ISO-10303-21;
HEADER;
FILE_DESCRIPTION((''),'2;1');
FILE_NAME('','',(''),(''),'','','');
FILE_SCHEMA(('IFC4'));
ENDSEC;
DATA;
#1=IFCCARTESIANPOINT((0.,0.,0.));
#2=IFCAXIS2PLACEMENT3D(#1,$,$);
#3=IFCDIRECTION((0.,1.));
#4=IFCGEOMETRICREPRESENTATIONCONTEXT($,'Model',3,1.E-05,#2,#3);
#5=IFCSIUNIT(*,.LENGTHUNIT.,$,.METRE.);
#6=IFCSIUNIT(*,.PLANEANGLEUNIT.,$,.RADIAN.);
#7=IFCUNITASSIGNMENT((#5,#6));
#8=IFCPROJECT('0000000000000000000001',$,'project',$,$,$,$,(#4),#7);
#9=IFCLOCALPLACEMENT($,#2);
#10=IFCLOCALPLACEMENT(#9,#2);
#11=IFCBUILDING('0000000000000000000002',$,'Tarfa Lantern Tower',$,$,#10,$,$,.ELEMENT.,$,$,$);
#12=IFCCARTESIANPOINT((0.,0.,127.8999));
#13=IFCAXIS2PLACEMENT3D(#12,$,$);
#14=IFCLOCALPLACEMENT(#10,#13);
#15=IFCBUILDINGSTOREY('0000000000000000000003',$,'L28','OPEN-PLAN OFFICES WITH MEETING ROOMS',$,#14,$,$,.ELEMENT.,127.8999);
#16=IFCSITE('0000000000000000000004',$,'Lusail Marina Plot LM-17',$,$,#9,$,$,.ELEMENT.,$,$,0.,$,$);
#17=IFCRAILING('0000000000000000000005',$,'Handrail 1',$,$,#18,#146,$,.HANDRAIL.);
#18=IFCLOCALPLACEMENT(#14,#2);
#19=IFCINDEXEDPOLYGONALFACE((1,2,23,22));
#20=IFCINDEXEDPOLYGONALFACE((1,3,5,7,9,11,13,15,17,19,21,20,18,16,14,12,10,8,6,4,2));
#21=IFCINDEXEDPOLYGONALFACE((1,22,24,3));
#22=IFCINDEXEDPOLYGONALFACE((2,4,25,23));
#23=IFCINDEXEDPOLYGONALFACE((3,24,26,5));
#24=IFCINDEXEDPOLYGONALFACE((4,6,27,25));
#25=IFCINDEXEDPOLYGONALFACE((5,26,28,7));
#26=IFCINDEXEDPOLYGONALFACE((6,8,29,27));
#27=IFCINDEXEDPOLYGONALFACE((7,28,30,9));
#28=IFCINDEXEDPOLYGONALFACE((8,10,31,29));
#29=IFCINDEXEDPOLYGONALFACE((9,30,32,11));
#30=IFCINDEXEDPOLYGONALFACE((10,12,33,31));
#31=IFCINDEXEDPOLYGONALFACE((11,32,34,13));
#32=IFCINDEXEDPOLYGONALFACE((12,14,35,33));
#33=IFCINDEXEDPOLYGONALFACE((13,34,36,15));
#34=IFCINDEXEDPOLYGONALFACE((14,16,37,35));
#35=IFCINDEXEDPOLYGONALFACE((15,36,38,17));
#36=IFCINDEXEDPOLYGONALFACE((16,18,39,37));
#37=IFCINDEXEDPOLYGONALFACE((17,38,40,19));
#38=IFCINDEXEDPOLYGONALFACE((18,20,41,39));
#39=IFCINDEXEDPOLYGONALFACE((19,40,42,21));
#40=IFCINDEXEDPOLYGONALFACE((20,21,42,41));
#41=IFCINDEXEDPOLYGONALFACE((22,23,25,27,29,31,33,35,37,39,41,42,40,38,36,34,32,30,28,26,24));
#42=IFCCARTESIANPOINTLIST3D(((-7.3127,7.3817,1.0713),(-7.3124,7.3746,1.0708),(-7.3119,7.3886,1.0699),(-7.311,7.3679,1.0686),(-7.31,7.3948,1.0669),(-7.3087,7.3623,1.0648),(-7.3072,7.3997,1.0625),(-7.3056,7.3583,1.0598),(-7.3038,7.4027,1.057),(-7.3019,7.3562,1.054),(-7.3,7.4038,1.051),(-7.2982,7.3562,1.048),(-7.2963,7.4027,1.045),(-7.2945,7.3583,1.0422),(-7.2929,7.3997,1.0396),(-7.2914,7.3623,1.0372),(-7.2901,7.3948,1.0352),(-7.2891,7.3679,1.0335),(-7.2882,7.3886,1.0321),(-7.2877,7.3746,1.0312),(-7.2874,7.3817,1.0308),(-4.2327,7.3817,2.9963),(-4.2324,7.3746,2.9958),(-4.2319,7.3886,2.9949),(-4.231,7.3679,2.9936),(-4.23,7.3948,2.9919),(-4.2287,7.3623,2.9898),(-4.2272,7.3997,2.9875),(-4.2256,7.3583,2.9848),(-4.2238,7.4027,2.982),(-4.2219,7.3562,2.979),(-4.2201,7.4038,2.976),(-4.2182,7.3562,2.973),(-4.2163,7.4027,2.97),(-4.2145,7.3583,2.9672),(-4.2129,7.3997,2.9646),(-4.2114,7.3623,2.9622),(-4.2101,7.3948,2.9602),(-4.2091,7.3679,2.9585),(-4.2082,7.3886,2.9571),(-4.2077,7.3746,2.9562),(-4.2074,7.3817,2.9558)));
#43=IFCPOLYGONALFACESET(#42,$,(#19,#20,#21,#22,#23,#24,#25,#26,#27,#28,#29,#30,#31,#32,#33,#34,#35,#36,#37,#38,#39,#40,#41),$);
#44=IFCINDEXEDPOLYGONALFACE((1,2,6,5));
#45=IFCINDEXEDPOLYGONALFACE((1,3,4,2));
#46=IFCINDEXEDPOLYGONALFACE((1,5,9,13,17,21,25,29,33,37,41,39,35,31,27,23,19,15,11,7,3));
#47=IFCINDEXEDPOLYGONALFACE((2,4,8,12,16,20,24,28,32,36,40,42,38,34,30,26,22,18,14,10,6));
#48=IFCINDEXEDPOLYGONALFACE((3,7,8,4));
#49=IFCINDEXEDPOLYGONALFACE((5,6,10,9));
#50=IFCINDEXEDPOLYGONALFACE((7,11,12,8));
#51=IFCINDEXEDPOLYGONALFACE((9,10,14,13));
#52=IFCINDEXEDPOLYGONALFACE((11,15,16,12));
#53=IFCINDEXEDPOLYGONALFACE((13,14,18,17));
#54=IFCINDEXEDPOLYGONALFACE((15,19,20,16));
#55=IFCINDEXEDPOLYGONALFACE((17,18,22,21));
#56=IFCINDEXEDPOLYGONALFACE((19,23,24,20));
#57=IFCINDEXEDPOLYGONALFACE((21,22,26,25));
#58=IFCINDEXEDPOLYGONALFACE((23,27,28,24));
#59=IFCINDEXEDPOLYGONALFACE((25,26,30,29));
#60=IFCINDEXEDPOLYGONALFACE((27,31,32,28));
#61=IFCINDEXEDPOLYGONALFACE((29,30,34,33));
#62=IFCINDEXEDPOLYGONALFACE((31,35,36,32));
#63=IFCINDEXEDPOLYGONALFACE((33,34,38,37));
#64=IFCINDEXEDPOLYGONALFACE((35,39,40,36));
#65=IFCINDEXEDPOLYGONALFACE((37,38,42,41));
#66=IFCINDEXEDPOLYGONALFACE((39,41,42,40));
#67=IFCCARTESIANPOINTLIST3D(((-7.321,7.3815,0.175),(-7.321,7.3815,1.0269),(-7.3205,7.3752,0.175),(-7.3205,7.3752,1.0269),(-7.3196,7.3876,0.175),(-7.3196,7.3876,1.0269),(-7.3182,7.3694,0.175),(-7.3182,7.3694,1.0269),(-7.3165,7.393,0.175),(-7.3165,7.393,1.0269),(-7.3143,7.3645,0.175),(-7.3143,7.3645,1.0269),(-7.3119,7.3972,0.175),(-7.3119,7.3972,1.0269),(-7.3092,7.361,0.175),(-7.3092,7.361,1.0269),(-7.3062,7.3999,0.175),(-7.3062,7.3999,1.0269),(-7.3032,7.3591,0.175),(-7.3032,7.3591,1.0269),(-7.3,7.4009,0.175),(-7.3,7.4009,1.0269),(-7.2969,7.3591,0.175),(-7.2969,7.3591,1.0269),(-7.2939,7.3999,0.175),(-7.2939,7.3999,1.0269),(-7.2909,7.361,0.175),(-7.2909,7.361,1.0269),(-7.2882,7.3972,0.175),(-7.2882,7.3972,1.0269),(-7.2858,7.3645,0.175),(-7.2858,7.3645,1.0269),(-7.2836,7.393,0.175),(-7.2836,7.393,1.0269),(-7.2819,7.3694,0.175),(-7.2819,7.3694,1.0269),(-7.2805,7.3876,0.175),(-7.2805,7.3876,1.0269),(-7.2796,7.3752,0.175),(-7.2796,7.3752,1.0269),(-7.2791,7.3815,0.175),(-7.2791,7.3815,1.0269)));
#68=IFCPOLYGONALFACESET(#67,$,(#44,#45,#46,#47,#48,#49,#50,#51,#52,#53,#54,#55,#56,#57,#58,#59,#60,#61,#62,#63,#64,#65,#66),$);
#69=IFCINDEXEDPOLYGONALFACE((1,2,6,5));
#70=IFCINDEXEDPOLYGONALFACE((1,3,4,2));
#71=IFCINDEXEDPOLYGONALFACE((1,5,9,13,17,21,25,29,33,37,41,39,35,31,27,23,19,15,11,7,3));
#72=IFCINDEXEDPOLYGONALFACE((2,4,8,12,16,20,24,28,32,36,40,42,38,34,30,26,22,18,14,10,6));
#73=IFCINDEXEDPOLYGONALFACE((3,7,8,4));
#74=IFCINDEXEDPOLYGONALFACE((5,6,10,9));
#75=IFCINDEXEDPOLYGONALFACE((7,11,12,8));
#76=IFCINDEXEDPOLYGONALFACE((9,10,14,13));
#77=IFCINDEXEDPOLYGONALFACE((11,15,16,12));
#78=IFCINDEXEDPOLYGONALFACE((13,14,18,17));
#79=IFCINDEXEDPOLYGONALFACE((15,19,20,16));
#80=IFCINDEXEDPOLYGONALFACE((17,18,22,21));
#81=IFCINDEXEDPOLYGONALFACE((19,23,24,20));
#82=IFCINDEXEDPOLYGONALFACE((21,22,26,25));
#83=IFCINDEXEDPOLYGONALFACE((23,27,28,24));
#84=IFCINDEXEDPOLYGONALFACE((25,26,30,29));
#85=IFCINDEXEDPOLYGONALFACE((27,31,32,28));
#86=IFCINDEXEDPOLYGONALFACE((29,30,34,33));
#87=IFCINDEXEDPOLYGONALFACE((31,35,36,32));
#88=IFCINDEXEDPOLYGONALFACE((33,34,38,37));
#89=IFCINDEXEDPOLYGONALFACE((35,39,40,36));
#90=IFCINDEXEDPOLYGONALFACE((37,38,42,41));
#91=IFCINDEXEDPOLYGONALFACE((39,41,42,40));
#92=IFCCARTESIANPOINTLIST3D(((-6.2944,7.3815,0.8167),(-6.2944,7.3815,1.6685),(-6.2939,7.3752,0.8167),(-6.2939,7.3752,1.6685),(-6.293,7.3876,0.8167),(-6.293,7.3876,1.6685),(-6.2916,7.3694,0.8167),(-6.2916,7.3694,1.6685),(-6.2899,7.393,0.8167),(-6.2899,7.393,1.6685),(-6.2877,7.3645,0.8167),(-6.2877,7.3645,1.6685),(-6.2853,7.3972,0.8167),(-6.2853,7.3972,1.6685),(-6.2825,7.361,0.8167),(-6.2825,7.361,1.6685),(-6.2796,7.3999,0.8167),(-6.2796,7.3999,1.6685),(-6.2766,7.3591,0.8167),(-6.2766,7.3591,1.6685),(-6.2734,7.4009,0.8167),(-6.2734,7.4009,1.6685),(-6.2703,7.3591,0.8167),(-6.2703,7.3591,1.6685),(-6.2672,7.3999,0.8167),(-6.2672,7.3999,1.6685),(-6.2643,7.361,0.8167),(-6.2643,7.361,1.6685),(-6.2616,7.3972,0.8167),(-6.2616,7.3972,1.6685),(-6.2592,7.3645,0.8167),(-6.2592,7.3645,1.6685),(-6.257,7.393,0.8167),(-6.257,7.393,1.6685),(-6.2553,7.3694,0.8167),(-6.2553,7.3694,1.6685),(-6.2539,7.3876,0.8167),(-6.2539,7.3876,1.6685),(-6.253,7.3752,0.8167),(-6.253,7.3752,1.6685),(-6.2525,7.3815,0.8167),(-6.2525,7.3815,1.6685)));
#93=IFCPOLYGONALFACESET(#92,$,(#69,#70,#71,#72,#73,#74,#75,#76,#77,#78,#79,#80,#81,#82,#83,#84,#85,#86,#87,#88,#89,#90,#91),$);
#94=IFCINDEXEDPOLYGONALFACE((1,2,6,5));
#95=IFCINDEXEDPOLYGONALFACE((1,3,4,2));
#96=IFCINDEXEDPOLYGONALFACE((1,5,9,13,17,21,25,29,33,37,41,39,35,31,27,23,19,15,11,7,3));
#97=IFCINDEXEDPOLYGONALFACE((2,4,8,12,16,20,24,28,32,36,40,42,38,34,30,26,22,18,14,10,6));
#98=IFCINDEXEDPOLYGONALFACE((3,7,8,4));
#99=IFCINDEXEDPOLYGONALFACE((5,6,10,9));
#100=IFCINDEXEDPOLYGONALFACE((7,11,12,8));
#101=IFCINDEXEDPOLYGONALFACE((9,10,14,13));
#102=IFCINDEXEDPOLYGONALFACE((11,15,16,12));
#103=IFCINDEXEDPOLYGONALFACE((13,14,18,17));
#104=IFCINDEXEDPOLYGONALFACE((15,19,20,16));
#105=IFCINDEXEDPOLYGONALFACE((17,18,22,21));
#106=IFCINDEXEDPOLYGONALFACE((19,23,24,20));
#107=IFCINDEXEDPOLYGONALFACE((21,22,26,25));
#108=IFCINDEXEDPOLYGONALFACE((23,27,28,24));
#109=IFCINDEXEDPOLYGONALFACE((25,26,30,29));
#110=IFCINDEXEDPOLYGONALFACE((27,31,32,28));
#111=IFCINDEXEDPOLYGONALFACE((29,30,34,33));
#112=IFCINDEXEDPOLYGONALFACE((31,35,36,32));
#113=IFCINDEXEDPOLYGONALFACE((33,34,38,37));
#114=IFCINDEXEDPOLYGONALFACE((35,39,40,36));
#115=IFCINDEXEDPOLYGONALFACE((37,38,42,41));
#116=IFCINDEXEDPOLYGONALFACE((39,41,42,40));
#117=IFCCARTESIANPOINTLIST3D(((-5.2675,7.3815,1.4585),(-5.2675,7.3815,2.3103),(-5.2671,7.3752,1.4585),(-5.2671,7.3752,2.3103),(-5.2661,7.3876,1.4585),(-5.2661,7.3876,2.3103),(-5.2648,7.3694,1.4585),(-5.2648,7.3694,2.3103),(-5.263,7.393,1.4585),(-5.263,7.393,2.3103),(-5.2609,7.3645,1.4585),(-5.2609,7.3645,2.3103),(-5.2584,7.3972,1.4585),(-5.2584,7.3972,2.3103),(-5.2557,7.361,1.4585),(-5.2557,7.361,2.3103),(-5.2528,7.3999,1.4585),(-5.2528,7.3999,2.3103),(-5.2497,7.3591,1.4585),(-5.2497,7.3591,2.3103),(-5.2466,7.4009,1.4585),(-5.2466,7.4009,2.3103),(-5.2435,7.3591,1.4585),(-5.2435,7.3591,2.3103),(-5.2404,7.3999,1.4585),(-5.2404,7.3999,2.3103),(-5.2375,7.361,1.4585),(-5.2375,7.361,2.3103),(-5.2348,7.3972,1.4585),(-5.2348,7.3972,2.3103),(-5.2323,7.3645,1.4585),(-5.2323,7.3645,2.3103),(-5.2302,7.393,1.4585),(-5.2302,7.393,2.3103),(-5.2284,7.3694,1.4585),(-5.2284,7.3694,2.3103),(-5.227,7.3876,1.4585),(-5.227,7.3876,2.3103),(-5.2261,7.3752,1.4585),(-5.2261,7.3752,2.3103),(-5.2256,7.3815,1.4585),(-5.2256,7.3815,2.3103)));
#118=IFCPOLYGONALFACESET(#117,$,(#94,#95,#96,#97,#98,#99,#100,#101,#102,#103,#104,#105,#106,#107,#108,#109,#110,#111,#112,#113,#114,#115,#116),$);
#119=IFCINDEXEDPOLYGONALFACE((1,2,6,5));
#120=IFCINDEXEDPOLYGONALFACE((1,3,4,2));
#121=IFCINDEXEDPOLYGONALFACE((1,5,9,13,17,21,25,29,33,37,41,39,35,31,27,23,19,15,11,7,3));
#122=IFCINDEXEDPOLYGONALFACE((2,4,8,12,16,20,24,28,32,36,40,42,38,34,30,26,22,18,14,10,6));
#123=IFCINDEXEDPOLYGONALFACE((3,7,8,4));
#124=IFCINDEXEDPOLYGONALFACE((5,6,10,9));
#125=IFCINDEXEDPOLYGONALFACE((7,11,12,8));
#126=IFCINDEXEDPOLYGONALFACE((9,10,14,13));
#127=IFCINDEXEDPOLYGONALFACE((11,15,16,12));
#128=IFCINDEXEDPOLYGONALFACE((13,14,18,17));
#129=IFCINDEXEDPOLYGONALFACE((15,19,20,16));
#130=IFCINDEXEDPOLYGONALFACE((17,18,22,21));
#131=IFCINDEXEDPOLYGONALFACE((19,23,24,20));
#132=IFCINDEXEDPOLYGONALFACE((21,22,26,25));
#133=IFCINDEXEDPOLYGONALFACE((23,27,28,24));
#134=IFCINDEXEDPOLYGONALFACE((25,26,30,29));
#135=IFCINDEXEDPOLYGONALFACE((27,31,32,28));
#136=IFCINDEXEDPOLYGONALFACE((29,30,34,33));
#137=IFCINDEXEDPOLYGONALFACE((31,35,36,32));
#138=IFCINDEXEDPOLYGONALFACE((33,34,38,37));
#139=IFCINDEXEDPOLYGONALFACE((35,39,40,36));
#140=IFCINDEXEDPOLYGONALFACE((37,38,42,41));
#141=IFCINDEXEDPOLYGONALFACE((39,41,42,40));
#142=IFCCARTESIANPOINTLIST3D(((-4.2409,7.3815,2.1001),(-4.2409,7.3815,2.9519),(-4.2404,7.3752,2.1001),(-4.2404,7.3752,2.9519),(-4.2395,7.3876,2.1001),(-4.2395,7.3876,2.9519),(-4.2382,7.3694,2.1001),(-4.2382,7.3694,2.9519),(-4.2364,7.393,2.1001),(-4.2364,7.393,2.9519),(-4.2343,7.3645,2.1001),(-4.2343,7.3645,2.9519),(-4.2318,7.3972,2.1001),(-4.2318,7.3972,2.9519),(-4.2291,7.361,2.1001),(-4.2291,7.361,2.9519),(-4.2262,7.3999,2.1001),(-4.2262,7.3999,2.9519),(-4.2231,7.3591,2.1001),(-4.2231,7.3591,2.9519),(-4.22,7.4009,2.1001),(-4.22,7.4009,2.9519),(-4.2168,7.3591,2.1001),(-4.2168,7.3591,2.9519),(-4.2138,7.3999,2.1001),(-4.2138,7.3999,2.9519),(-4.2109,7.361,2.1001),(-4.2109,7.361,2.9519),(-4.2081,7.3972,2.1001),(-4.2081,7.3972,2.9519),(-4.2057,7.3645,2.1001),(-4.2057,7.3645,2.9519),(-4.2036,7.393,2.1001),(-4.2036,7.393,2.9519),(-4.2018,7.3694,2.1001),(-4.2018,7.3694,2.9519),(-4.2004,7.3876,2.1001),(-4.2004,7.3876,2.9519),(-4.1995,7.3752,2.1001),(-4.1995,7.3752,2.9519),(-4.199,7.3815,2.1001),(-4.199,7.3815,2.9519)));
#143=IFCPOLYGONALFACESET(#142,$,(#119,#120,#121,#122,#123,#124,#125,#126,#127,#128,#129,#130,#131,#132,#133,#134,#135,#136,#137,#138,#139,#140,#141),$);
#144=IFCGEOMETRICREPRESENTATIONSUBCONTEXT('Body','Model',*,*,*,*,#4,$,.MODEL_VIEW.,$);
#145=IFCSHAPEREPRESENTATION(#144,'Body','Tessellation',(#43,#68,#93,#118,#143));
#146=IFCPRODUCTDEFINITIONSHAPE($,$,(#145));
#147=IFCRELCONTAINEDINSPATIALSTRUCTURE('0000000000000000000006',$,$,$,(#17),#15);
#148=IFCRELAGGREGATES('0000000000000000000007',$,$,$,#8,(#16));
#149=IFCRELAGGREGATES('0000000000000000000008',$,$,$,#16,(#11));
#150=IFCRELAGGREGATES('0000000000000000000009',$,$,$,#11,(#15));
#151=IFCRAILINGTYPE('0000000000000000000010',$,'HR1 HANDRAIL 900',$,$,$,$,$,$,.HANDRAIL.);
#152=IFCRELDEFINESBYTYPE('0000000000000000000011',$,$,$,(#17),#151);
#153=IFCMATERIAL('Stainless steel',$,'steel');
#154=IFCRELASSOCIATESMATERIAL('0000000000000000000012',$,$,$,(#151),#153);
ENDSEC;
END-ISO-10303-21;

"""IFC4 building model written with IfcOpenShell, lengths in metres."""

from ifc_helpers import new_model, si_unit, direction, frame, origin, origin_2d, place, context, subcontext, project, spatial, circle, extrude, material, type_object, element, save


model = new_model("IFC4")

# Units and contexts
model_context = context("Model", 3, precision=1e-05, world=origin(), true_north=direction((0.0, 1.0)))
body_context = subcontext(model_context, "Body", "Model", "MODEL_VIEW")
ifc_project = project(units=[si_unit("LENGTHUNIT", "METRE"), si_unit("PLANEANGLEUNIT", "RADIAN")], contexts=[model_context])

# Site, building, storey
site_placement = place(None, origin())
site = spatial("IfcSite", under=ifc_project, at=site_placement, Name="Lusail Marina Plot LM-17", CompositionType="ELEMENT", RefElevation=0.0)
building_placement = place(site_placement, origin())
building = spatial("IfcBuilding", under=site, at=building_placement, Name="Tarfa Lantern Tower", CompositionType="ELEMENT")
storey_placement = place(building_placement, frame((0.0, 0.0, 127.8999)))
storey = spatial("IfcBuildingStorey", under=building, at=storey_placement, Name="L28", Description="OPEN-PLAN OFFICES WITH MEETING ROOMS", CompositionType="ELEMENT", Elevation=127.8999)

# Railing
ifc_material_1 = material(Name="Stainless steel", Category="steel")
railing_type = type_object("IfcRailingType", Name="HR1 HANDRAIL 900", PredefinedType="HANDRAIL", material=ifc_material_1)
railing_1_placement = place(storey_placement, frame((-7.3, 7.3799, 0.175)))
element("IfcRailing", 1, at=railing_1_placement, inside=storey, type_object=railing_type, Name="Handrail 1", PredefinedType="HANDRAIL", context=body_context, shape_type="SweptSolid", body=[
    extrude(circle(Radius=0.0239, at=origin_2d()), frame((0.0, 0.0, 0.876), z_axis=(0.847998, 0.0, 0.529999), x_axis=(0.0, 1.0, 0.0)), (0.0, 0.0, 1.0), 3.6321),
    extrude(circle(Radius=0.021, at=origin_2d()), frame((0.0, 0.0, 0.0), z_axis=(0.0, 0.0, 1.0), x_axis=(0.0, 1.0, 0.0)), (0.0, 0.0, 1.0), 0.8518),
    extrude(circle(Radius=0.021, at=origin_2d()), frame((1.0266, 0.0, 0.6416), z_axis=(0.0, 0.0, 1.0), x_axis=(0.0, 1.0, 0.0)), (0.0, 0.0, 1.0), 0.8518),
    extrude(circle(Radius=0.021, at=origin_2d()), frame((2.0535, 0.0, 1.2834), z_axis=(0.0, 0.0, 1.0), x_axis=(0.0, 1.0, 0.0)), (0.0, 0.0, 1.0), 0.8518),
    extrude(circle(Radius=0.021, at=origin_2d()), frame((3.0801, 0.0, 1.925), z_axis=(0.0, 0.0, 1.0), x_axis=(0.0, 1.0, 0.0)), (0.0, 0.0, 1.0), 0.8518),
])

save(model, "model.ifc")
